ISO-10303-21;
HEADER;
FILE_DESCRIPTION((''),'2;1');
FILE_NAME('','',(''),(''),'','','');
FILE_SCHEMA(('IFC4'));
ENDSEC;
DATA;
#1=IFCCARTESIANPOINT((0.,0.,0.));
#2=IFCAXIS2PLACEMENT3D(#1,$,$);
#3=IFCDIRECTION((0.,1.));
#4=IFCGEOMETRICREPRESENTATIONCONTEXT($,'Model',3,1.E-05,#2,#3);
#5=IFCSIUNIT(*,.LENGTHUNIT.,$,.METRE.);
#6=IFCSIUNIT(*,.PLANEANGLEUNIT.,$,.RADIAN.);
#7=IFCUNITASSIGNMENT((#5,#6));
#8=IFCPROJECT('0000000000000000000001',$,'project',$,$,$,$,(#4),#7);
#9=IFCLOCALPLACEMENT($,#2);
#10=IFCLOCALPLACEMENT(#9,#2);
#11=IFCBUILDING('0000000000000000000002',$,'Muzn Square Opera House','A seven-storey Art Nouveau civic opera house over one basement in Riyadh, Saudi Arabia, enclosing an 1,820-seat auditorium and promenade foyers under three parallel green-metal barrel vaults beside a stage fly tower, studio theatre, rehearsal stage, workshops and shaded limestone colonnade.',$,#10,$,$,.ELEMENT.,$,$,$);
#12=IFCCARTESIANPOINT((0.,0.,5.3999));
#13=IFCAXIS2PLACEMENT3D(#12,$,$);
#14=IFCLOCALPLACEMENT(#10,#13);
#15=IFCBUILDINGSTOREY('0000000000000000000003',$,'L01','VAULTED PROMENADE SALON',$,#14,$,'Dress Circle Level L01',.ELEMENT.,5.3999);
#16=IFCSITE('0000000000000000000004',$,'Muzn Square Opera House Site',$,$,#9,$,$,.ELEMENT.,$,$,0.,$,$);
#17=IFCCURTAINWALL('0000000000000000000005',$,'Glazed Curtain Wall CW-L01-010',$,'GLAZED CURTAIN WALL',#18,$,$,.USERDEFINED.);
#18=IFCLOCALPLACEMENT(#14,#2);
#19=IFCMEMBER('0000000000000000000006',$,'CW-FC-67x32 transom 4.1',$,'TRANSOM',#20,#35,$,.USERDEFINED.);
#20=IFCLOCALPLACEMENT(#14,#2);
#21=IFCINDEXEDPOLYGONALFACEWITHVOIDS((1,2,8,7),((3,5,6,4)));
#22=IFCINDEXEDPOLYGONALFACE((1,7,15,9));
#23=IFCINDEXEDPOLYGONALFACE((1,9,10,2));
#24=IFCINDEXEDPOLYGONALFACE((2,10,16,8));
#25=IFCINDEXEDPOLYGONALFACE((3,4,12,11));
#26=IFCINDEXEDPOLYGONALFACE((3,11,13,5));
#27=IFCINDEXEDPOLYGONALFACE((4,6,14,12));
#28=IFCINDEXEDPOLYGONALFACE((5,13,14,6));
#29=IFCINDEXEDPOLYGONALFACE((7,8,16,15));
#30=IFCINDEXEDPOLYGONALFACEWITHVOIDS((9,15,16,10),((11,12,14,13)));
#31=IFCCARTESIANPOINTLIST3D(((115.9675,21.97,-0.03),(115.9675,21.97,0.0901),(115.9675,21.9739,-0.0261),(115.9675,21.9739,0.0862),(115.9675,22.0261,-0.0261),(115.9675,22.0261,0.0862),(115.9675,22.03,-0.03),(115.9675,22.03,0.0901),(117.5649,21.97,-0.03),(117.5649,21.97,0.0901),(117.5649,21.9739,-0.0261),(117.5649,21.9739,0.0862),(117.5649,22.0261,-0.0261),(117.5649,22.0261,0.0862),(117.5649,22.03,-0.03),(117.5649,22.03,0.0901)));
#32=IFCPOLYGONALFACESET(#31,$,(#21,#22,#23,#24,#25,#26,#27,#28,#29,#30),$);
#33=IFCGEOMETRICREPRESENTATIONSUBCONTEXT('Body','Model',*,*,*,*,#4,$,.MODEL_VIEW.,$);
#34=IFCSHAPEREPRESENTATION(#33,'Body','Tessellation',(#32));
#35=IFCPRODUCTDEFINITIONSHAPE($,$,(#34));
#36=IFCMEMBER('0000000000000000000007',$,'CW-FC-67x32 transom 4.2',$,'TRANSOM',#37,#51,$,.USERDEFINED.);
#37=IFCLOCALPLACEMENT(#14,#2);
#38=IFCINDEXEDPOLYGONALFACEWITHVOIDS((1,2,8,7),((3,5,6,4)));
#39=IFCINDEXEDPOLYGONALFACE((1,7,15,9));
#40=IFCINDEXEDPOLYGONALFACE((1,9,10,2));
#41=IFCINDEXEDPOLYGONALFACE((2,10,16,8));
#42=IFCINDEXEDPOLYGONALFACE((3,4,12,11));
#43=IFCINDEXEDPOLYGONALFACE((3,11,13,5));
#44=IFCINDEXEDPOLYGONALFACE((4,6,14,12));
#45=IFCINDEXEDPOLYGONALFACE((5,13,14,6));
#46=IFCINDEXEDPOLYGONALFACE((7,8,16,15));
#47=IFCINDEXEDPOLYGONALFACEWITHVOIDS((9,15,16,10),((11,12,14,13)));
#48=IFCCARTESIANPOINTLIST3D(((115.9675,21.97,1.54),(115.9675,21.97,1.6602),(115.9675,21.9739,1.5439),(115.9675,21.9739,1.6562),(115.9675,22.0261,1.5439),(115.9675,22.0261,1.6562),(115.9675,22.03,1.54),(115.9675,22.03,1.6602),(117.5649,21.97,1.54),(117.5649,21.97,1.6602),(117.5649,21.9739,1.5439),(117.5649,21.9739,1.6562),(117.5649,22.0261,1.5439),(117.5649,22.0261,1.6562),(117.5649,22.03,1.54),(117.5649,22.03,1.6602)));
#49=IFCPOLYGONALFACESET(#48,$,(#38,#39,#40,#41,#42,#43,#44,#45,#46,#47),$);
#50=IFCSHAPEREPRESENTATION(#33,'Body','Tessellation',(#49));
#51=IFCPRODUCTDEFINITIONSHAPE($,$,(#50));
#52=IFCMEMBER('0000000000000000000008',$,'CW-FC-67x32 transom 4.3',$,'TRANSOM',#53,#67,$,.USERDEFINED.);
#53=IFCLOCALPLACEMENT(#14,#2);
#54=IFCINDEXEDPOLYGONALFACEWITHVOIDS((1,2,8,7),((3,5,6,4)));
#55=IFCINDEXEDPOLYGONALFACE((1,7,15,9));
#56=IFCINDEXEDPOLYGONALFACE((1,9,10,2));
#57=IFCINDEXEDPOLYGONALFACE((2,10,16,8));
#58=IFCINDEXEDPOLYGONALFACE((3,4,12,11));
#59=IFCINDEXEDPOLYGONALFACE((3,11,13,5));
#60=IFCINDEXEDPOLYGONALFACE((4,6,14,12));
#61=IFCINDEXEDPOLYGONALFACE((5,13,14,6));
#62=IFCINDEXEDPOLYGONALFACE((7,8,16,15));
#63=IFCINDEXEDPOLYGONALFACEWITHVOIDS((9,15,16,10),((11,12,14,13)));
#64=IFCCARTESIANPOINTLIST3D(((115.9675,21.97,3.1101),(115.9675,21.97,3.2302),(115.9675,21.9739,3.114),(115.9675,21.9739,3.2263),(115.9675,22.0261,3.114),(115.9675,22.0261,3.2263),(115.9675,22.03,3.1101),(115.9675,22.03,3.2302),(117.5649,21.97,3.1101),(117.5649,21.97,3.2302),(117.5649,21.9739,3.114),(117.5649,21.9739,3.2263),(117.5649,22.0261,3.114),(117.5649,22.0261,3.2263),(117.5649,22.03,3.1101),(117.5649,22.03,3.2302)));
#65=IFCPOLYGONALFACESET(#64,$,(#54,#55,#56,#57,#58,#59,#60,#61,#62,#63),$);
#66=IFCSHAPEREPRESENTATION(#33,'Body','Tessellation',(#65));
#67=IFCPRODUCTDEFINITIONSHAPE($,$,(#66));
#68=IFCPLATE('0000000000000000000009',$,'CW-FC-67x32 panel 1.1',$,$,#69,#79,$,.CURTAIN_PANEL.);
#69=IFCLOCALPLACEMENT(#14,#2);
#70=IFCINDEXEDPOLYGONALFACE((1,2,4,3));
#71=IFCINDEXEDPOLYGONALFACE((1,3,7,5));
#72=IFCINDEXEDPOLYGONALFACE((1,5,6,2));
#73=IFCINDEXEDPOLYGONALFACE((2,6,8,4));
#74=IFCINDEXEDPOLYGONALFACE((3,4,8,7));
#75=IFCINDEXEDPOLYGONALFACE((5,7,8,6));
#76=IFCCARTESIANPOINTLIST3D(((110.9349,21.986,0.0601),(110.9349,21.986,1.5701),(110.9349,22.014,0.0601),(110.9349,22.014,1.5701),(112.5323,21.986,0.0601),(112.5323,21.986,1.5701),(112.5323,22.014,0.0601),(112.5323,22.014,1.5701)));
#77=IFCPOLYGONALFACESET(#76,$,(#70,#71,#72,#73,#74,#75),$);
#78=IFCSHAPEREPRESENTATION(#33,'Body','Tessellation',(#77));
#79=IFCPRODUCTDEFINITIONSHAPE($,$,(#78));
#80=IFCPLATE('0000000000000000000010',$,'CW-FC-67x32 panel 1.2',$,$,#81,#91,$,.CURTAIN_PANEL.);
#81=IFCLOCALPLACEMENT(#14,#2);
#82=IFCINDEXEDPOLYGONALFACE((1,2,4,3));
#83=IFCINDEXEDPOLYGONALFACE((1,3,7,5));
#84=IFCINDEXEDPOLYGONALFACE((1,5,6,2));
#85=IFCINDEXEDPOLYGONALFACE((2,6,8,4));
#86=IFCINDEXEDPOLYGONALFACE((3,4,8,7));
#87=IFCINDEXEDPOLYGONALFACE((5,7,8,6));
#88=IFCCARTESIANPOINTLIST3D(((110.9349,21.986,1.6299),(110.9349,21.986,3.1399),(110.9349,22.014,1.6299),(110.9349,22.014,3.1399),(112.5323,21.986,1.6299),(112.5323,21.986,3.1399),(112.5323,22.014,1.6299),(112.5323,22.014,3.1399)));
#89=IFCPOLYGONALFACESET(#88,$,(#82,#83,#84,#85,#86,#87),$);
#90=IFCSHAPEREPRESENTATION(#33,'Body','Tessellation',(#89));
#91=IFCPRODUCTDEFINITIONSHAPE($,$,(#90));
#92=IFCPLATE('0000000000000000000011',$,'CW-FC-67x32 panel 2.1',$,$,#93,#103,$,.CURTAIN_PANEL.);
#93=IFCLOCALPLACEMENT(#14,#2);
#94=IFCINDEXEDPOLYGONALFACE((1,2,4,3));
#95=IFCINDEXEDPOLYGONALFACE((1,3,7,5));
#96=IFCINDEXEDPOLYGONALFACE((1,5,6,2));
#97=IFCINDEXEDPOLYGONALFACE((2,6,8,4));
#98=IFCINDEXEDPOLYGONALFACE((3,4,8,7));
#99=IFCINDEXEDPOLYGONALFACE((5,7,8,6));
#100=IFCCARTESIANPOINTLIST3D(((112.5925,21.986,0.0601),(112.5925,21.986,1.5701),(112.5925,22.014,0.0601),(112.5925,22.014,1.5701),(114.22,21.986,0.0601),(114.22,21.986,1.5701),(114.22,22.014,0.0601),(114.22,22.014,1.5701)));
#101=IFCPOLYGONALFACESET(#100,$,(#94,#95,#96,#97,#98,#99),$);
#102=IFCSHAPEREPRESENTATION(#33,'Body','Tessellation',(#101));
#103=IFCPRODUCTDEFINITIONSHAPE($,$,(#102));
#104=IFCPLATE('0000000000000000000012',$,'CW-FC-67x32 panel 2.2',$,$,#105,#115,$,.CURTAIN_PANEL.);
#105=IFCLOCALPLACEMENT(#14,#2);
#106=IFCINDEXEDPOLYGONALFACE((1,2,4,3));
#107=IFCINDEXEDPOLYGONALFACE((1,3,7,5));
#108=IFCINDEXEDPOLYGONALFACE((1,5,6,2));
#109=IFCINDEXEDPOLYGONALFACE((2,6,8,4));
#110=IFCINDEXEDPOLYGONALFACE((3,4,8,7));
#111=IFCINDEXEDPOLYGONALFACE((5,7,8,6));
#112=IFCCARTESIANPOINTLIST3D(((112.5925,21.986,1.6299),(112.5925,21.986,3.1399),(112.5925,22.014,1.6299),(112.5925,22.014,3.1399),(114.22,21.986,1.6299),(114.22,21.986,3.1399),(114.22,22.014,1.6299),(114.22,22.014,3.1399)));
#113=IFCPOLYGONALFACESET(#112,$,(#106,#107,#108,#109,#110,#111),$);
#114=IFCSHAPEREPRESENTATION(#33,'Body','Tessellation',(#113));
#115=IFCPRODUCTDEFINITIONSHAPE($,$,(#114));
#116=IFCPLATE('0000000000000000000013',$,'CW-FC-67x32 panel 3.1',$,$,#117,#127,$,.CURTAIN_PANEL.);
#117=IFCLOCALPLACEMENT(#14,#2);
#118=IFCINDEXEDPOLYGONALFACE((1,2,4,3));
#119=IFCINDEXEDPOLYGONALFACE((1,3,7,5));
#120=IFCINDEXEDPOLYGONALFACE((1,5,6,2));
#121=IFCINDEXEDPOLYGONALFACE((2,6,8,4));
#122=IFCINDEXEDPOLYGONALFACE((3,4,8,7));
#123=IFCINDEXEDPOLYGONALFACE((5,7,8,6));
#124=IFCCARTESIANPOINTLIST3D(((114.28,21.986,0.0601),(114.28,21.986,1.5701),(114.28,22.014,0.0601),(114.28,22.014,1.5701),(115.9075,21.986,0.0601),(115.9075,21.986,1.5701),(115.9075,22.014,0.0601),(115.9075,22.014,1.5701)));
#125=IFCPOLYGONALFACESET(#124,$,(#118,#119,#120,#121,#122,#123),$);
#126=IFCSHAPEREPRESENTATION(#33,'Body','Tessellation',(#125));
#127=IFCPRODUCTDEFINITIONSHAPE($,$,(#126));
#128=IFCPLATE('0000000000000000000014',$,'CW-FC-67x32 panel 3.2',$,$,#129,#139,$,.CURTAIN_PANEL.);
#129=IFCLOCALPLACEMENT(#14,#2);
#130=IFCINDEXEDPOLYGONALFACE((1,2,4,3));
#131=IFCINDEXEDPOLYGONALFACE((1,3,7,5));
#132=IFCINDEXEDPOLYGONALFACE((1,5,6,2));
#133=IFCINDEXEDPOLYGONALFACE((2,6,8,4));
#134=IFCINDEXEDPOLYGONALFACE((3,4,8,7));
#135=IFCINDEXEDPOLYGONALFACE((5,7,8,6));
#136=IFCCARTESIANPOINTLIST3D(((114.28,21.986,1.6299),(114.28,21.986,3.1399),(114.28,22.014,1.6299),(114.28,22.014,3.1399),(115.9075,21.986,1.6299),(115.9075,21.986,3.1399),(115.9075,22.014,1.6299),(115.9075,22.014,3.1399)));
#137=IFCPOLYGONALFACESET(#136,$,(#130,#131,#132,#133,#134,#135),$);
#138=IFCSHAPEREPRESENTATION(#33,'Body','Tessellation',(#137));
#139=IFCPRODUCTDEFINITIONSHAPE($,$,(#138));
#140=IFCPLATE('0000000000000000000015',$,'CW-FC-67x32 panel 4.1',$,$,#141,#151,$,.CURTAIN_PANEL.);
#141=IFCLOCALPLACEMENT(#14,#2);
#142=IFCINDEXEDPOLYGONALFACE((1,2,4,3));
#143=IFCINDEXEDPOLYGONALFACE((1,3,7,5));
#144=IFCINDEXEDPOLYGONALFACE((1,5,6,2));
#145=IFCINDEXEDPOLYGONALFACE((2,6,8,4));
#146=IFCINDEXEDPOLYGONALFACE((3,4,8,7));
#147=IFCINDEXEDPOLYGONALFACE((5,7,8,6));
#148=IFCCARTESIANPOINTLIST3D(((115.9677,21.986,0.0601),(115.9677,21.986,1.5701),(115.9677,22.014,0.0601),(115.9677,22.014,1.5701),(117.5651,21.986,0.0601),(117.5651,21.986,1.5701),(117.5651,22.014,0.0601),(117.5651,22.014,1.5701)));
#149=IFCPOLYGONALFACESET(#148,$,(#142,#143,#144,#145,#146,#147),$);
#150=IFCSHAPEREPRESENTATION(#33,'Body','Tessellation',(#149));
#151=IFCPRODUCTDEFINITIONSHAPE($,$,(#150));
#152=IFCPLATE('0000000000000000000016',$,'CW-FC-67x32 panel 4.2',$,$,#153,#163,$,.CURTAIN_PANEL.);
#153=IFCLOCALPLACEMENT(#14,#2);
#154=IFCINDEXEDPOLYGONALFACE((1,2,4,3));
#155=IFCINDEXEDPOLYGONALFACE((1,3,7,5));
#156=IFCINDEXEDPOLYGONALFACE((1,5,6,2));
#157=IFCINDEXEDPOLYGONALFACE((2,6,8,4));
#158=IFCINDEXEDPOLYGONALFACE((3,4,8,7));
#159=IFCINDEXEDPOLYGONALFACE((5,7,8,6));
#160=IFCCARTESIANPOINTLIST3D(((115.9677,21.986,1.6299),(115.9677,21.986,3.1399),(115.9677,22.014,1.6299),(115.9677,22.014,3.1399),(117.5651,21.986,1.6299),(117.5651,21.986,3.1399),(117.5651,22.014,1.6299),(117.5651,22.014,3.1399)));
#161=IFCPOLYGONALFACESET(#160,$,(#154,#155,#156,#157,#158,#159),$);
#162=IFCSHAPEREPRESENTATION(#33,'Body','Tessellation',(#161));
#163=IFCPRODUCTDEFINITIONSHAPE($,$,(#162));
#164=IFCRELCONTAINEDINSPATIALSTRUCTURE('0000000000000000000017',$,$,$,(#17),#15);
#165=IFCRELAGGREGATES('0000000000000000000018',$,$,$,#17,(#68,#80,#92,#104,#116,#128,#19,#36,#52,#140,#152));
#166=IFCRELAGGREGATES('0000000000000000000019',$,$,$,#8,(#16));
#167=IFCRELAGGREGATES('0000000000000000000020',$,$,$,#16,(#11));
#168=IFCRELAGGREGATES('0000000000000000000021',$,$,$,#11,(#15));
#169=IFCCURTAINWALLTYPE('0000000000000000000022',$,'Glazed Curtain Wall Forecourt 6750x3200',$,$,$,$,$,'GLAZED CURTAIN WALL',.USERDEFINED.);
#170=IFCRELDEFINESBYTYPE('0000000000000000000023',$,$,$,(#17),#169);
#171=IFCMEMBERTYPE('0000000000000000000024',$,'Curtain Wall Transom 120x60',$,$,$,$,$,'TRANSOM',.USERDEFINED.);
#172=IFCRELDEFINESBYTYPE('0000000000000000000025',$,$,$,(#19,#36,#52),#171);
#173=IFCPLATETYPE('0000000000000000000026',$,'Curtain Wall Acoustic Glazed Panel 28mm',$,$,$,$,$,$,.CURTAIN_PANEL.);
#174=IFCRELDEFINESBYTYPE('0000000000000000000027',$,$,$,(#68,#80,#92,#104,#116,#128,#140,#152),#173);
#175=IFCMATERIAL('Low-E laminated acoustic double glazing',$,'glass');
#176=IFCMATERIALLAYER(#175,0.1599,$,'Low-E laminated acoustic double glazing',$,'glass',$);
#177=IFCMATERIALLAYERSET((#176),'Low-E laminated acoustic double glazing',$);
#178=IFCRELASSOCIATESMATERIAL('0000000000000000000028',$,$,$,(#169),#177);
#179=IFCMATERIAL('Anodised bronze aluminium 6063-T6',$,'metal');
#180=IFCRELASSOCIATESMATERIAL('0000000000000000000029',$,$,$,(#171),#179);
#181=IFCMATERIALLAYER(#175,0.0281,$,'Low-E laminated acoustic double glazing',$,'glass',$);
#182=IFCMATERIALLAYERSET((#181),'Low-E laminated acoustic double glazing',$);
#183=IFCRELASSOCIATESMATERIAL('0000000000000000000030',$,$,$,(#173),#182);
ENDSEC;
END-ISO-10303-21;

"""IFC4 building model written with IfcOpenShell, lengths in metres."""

from ifc_helpers import new_model, si_unit, direction, frame, origin, origin_2d, place, context, subcontext, project, spatial, rectangle, hollow_rectangle, extrude, material, layer, layer_set, material_profile, profile_set, type_object, element, aggregate, save


model = new_model("IFC4")

# Units and contexts
model_context = context("Model", 3, precision=1e-05, world=origin(), true_north=direction((0.0, 1.0)))
body_context = subcontext(model_context, "Body", "Model", "MODEL_VIEW")
ifc_project = project(units=[si_unit("LENGTHUNIT", "METRE"), si_unit("PLANEANGLEUNIT", "RADIAN")], contexts=[model_context])

# Site, building, storey
site_placement = place(None, origin())
site = spatial("IfcSite", under=ifc_project, at=site_placement, Name="Muzn Square Opera House Site", CompositionType="ELEMENT", RefElevation=0.0)
building_placement = place(site_placement, origin())
building = spatial("IfcBuilding", under=site, at=building_placement, Name="Muzn Square Opera House", Description="A seven-storey Art Nouveau civic opera house over one basement in Riyadh, Saudi Arabia, enclosing an 1,820-seat auditorium and promenade foyers under three parallel green-metal barrel vaults beside a stage fly tower, studio theatre, rehearsal stage, workshops and shaded limestone colonnade.", CompositionType="ELEMENT")
storey_placement = place(building_placement, frame((0.0, 0.0, 5.3999)))
storey = spatial("IfcBuildingStorey", under=building, at=storey_placement, Name="L01", Description="VAULTED PROMENADE SALON", LongName="Dress Circle Level L01", CompositionType="ELEMENT", Elevation=5.3999)

# Curtain wall, members, plates
ifc_material_1 = material(Name="Low-E laminated acoustic double glazing", Category="glass")
ifc_layer_1 = layer(ifc_material_1, 0.1599, Name="Low-E laminated acoustic double glazing", Category="glass")
ifc_layer_set_1 = layer_set([ifc_layer_1], Name="Low-E laminated acoustic double glazing")
curtain_wall_type = type_object("IfcCurtainWallType", Name="Glazed Curtain Wall Forecourt 6750x3200", ElementType="GLAZED CURTAIN WALL", PredefinedType="USERDEFINED", material=ifc_layer_set_1)
curtain_wall_placement = place(storey_placement, origin())
curtain_wall = element("IfcCurtainWall", 1, at=curtain_wall_placement, inside=storey, type_object=curtain_wall_type, Name="Glazed Curtain Wall CW-L01-010", ObjectType="GLAZED CURTAIN WALL", PredefinedType="USERDEFINED")
ifc_material_2 = material(Name="Anodised bronze aluminium 6063-T6", Category="metal")
ifc_material_profile_1 = material_profile(ifc_material_2, hollow_rectangle(XDim=0.0601, YDim=0.1201, WallThickness=0.0039, at=origin_2d()), Name="ALU 120x60x4", Category="metal")
ifc_profile_set_1 = profile_set([ifc_material_profile_1], Name="Anodised bronze aluminium 6063-T6")
member_type_1 = type_object("IfcMemberType", Name="Curtain Wall Transom 120x60", ElementType="TRANSOM", PredefinedType="USERDEFINED", material=ifc_profile_set_1)
member_1_placement = place(storey_placement, frame((115.9675, 22.0, 0.03), z_axis=(1.0, 0.0, 0.0), x_axis=(0.0, 1.0, 0.0)))
member_1 = element("IfcMember", 2, at=member_1_placement, type_object=member_type_1, Name="CW-FC-67x32 transom 4.1", ObjectType="TRANSOM", PredefinedType="USERDEFINED", context=body_context, shape_type="SweptSolid", body=[
    extrude(hollow_rectangle(XDim=0.0601, YDim=0.1201, WallThickness=0.0039, at=origin_2d()), origin(), (0.0, 0.0, 1.0), 1.5974),
])
member_2_placement = place(storey_placement, frame((115.9675, 22.0, 1.6001), z_axis=(1.0, 0.0, 0.0), x_axis=(0.0, 1.0, 0.0)))
member_2 = element("IfcMember", 3, at=member_2_placement, type_object=member_type_1, Name="CW-FC-67x32 transom 4.2", ObjectType="TRANSOM", PredefinedType="USERDEFINED", context=body_context, shape_type="SweptSolid", body=[
    extrude(hollow_rectangle(XDim=0.0601, YDim=0.1201, WallThickness=0.0039, at=origin_2d()), origin(), (0.0, 0.0, 1.0), 1.5974),
])
member_3_placement = place(storey_placement, frame((115.9675, 22.0, 3.1702), z_axis=(1.0, 0.0, 0.0), x_axis=(0.0, 1.0, 0.0)))
member_3 = element("IfcMember", 4, at=member_3_placement, type_object=member_type_1, Name="CW-FC-67x32 transom 4.3", ObjectType="TRANSOM", PredefinedType="USERDEFINED", context=body_context, shape_type="SweptSolid", body=[
    extrude(hollow_rectangle(XDim=0.0601, YDim=0.1201, WallThickness=0.0039, at=origin_2d()), origin(), (0.0, 0.0, 1.0), 1.5974),
])
ifc_layer_2 = layer(ifc_material_1, 0.0281, Name="Low-E laminated acoustic double glazing", Category="glass")
ifc_layer_set_2 = layer_set([ifc_layer_2], Name="Low-E laminated acoustic double glazing")
plate_type = type_object("IfcPlateType", Name="Curtain Wall Acoustic Glazed Panel 28mm", PredefinedType="CURTAIN_PANEL", material=ifc_layer_set_2)
plate_1_placement = place(storey_placement, frame((111.7336, 22.0, 0.0601), z_axis=(0.0, 0.0, 1.0), x_axis=(1.0, 0.0, 0.0)))
plate_1 = element("IfcPlate", 5, at=plate_1_placement, type_object=plate_type, Name="CW-FC-67x32 panel 1.1", PredefinedType="CURTAIN_PANEL", context=body_context, shape_type="SweptSolid", body=[
    extrude(rectangle(XDim=1.5974, YDim=0.0281, at=origin_2d()), origin(), (0.0, 0.0, 1.0), 1.51),
])
plate_2_placement = place(storey_placement, frame((111.7336, 22.0, 1.6299), z_axis=(0.0, 0.0, 1.0), x_axis=(1.0, 0.0, 0.0)))
plate_2 = element("IfcPlate", 6, at=plate_2_placement, type_object=plate_type, Name="CW-FC-67x32 panel 1.2", PredefinedType="CURTAIN_PANEL", context=body_context, shape_type="SweptSolid", body=[
    extrude(rectangle(XDim=1.5974, YDim=0.0281, at=origin_2d()), origin(), (0.0, 0.0, 1.0), 1.51),
])
plate_3_placement = place(storey_placement, frame((113.4062, 22.0, 0.0601), z_axis=(0.0, 0.0, 1.0), x_axis=(1.0, 0.0, 0.0)))
plate_3 = element("IfcPlate", 7, at=plate_3_placement, type_object=plate_type, Name="CW-FC-67x32 panel 2.1", PredefinedType="CURTAIN_PANEL", context=body_context, shape_type="SweptSolid", body=[
    extrude(rectangle(XDim=1.6274, YDim=0.0281, at=origin_2d()), origin(), (0.0, 0.0, 1.0), 1.51),
])
plate_4_placement = place(storey_placement, frame((113.4062, 22.0, 1.6299), z_axis=(0.0, 0.0, 1.0), x_axis=(1.0, 0.0, 0.0)))
plate_4 = element("IfcPlate", 8, at=plate_4_placement, type_object=plate_type, Name="CW-FC-67x32 panel 2.2", PredefinedType="CURTAIN_PANEL", context=body_context, shape_type="SweptSolid", body=[
    extrude(rectangle(XDim=1.6274, YDim=0.0281, at=origin_2d()), origin(), (0.0, 0.0, 1.0), 1.51),
])
plate_5_placement = place(storey_placement, frame((115.0938, 22.0, 0.0601), z_axis=(0.0, 0.0, 1.0), x_axis=(1.0, 0.0, 0.0)))
plate_5 = element("IfcPlate", 9, at=plate_5_placement, type_object=plate_type, Name="CW-FC-67x32 panel 3.1", PredefinedType="CURTAIN_PANEL", context=body_context, shape_type="SweptSolid", body=[
    extrude(rectangle(XDim=1.6274, YDim=0.0281, at=origin_2d()), origin(), (0.0, 0.0, 1.0), 1.51),
])
plate_6_placement = place(storey_placement, frame((115.0938, 22.0, 1.6299), z_axis=(0.0, 0.0, 1.0), x_axis=(1.0, 0.0, 0.0)))
plate_6 = element("IfcPlate", 10, at=plate_6_placement, type_object=plate_type, Name="CW-FC-67x32 panel 3.2", PredefinedType="CURTAIN_PANEL", context=body_context, shape_type="SweptSolid", body=[
    extrude(rectangle(XDim=1.6274, YDim=0.0281, at=origin_2d()), origin(), (0.0, 0.0, 1.0), 1.51),
])
plate_7_placement = place(storey_placement, frame((116.7664, 22.0, 0.0601), z_axis=(0.0, 0.0, 1.0), x_axis=(1.0, 0.0, 0.0)))
plate_7 = element("IfcPlate", 11, at=plate_7_placement, type_object=plate_type, Name="CW-FC-67x32 panel 4.1", PredefinedType="CURTAIN_PANEL", context=body_context, shape_type="SweptSolid", body=[
    extrude(rectangle(XDim=1.5974, YDim=0.0281, at=origin_2d()), origin(), (0.0, 0.0, 1.0), 1.51),
])
plate_8_placement = place(storey_placement, frame((116.7664, 22.0, 1.6299), z_axis=(0.0, 0.0, 1.0), x_axis=(1.0, 0.0, 0.0)))
plate_8 = element("IfcPlate", 12, at=plate_8_placement, type_object=plate_type, Name="CW-FC-67x32 panel 4.2", PredefinedType="CURTAIN_PANEL", context=body_context, shape_type="SweptSolid", body=[
    extrude(rectangle(XDim=1.5974, YDim=0.0281, at=origin_2d()), origin(), (0.0, 0.0, 1.0), 1.51),
])
aggregate(curtain_wall, [plate_1, plate_2, plate_3, plate_4, plate_5, plate_6, member_1, member_2, member_3, plate_7, plate_8])

save(model, "model.ifc")
